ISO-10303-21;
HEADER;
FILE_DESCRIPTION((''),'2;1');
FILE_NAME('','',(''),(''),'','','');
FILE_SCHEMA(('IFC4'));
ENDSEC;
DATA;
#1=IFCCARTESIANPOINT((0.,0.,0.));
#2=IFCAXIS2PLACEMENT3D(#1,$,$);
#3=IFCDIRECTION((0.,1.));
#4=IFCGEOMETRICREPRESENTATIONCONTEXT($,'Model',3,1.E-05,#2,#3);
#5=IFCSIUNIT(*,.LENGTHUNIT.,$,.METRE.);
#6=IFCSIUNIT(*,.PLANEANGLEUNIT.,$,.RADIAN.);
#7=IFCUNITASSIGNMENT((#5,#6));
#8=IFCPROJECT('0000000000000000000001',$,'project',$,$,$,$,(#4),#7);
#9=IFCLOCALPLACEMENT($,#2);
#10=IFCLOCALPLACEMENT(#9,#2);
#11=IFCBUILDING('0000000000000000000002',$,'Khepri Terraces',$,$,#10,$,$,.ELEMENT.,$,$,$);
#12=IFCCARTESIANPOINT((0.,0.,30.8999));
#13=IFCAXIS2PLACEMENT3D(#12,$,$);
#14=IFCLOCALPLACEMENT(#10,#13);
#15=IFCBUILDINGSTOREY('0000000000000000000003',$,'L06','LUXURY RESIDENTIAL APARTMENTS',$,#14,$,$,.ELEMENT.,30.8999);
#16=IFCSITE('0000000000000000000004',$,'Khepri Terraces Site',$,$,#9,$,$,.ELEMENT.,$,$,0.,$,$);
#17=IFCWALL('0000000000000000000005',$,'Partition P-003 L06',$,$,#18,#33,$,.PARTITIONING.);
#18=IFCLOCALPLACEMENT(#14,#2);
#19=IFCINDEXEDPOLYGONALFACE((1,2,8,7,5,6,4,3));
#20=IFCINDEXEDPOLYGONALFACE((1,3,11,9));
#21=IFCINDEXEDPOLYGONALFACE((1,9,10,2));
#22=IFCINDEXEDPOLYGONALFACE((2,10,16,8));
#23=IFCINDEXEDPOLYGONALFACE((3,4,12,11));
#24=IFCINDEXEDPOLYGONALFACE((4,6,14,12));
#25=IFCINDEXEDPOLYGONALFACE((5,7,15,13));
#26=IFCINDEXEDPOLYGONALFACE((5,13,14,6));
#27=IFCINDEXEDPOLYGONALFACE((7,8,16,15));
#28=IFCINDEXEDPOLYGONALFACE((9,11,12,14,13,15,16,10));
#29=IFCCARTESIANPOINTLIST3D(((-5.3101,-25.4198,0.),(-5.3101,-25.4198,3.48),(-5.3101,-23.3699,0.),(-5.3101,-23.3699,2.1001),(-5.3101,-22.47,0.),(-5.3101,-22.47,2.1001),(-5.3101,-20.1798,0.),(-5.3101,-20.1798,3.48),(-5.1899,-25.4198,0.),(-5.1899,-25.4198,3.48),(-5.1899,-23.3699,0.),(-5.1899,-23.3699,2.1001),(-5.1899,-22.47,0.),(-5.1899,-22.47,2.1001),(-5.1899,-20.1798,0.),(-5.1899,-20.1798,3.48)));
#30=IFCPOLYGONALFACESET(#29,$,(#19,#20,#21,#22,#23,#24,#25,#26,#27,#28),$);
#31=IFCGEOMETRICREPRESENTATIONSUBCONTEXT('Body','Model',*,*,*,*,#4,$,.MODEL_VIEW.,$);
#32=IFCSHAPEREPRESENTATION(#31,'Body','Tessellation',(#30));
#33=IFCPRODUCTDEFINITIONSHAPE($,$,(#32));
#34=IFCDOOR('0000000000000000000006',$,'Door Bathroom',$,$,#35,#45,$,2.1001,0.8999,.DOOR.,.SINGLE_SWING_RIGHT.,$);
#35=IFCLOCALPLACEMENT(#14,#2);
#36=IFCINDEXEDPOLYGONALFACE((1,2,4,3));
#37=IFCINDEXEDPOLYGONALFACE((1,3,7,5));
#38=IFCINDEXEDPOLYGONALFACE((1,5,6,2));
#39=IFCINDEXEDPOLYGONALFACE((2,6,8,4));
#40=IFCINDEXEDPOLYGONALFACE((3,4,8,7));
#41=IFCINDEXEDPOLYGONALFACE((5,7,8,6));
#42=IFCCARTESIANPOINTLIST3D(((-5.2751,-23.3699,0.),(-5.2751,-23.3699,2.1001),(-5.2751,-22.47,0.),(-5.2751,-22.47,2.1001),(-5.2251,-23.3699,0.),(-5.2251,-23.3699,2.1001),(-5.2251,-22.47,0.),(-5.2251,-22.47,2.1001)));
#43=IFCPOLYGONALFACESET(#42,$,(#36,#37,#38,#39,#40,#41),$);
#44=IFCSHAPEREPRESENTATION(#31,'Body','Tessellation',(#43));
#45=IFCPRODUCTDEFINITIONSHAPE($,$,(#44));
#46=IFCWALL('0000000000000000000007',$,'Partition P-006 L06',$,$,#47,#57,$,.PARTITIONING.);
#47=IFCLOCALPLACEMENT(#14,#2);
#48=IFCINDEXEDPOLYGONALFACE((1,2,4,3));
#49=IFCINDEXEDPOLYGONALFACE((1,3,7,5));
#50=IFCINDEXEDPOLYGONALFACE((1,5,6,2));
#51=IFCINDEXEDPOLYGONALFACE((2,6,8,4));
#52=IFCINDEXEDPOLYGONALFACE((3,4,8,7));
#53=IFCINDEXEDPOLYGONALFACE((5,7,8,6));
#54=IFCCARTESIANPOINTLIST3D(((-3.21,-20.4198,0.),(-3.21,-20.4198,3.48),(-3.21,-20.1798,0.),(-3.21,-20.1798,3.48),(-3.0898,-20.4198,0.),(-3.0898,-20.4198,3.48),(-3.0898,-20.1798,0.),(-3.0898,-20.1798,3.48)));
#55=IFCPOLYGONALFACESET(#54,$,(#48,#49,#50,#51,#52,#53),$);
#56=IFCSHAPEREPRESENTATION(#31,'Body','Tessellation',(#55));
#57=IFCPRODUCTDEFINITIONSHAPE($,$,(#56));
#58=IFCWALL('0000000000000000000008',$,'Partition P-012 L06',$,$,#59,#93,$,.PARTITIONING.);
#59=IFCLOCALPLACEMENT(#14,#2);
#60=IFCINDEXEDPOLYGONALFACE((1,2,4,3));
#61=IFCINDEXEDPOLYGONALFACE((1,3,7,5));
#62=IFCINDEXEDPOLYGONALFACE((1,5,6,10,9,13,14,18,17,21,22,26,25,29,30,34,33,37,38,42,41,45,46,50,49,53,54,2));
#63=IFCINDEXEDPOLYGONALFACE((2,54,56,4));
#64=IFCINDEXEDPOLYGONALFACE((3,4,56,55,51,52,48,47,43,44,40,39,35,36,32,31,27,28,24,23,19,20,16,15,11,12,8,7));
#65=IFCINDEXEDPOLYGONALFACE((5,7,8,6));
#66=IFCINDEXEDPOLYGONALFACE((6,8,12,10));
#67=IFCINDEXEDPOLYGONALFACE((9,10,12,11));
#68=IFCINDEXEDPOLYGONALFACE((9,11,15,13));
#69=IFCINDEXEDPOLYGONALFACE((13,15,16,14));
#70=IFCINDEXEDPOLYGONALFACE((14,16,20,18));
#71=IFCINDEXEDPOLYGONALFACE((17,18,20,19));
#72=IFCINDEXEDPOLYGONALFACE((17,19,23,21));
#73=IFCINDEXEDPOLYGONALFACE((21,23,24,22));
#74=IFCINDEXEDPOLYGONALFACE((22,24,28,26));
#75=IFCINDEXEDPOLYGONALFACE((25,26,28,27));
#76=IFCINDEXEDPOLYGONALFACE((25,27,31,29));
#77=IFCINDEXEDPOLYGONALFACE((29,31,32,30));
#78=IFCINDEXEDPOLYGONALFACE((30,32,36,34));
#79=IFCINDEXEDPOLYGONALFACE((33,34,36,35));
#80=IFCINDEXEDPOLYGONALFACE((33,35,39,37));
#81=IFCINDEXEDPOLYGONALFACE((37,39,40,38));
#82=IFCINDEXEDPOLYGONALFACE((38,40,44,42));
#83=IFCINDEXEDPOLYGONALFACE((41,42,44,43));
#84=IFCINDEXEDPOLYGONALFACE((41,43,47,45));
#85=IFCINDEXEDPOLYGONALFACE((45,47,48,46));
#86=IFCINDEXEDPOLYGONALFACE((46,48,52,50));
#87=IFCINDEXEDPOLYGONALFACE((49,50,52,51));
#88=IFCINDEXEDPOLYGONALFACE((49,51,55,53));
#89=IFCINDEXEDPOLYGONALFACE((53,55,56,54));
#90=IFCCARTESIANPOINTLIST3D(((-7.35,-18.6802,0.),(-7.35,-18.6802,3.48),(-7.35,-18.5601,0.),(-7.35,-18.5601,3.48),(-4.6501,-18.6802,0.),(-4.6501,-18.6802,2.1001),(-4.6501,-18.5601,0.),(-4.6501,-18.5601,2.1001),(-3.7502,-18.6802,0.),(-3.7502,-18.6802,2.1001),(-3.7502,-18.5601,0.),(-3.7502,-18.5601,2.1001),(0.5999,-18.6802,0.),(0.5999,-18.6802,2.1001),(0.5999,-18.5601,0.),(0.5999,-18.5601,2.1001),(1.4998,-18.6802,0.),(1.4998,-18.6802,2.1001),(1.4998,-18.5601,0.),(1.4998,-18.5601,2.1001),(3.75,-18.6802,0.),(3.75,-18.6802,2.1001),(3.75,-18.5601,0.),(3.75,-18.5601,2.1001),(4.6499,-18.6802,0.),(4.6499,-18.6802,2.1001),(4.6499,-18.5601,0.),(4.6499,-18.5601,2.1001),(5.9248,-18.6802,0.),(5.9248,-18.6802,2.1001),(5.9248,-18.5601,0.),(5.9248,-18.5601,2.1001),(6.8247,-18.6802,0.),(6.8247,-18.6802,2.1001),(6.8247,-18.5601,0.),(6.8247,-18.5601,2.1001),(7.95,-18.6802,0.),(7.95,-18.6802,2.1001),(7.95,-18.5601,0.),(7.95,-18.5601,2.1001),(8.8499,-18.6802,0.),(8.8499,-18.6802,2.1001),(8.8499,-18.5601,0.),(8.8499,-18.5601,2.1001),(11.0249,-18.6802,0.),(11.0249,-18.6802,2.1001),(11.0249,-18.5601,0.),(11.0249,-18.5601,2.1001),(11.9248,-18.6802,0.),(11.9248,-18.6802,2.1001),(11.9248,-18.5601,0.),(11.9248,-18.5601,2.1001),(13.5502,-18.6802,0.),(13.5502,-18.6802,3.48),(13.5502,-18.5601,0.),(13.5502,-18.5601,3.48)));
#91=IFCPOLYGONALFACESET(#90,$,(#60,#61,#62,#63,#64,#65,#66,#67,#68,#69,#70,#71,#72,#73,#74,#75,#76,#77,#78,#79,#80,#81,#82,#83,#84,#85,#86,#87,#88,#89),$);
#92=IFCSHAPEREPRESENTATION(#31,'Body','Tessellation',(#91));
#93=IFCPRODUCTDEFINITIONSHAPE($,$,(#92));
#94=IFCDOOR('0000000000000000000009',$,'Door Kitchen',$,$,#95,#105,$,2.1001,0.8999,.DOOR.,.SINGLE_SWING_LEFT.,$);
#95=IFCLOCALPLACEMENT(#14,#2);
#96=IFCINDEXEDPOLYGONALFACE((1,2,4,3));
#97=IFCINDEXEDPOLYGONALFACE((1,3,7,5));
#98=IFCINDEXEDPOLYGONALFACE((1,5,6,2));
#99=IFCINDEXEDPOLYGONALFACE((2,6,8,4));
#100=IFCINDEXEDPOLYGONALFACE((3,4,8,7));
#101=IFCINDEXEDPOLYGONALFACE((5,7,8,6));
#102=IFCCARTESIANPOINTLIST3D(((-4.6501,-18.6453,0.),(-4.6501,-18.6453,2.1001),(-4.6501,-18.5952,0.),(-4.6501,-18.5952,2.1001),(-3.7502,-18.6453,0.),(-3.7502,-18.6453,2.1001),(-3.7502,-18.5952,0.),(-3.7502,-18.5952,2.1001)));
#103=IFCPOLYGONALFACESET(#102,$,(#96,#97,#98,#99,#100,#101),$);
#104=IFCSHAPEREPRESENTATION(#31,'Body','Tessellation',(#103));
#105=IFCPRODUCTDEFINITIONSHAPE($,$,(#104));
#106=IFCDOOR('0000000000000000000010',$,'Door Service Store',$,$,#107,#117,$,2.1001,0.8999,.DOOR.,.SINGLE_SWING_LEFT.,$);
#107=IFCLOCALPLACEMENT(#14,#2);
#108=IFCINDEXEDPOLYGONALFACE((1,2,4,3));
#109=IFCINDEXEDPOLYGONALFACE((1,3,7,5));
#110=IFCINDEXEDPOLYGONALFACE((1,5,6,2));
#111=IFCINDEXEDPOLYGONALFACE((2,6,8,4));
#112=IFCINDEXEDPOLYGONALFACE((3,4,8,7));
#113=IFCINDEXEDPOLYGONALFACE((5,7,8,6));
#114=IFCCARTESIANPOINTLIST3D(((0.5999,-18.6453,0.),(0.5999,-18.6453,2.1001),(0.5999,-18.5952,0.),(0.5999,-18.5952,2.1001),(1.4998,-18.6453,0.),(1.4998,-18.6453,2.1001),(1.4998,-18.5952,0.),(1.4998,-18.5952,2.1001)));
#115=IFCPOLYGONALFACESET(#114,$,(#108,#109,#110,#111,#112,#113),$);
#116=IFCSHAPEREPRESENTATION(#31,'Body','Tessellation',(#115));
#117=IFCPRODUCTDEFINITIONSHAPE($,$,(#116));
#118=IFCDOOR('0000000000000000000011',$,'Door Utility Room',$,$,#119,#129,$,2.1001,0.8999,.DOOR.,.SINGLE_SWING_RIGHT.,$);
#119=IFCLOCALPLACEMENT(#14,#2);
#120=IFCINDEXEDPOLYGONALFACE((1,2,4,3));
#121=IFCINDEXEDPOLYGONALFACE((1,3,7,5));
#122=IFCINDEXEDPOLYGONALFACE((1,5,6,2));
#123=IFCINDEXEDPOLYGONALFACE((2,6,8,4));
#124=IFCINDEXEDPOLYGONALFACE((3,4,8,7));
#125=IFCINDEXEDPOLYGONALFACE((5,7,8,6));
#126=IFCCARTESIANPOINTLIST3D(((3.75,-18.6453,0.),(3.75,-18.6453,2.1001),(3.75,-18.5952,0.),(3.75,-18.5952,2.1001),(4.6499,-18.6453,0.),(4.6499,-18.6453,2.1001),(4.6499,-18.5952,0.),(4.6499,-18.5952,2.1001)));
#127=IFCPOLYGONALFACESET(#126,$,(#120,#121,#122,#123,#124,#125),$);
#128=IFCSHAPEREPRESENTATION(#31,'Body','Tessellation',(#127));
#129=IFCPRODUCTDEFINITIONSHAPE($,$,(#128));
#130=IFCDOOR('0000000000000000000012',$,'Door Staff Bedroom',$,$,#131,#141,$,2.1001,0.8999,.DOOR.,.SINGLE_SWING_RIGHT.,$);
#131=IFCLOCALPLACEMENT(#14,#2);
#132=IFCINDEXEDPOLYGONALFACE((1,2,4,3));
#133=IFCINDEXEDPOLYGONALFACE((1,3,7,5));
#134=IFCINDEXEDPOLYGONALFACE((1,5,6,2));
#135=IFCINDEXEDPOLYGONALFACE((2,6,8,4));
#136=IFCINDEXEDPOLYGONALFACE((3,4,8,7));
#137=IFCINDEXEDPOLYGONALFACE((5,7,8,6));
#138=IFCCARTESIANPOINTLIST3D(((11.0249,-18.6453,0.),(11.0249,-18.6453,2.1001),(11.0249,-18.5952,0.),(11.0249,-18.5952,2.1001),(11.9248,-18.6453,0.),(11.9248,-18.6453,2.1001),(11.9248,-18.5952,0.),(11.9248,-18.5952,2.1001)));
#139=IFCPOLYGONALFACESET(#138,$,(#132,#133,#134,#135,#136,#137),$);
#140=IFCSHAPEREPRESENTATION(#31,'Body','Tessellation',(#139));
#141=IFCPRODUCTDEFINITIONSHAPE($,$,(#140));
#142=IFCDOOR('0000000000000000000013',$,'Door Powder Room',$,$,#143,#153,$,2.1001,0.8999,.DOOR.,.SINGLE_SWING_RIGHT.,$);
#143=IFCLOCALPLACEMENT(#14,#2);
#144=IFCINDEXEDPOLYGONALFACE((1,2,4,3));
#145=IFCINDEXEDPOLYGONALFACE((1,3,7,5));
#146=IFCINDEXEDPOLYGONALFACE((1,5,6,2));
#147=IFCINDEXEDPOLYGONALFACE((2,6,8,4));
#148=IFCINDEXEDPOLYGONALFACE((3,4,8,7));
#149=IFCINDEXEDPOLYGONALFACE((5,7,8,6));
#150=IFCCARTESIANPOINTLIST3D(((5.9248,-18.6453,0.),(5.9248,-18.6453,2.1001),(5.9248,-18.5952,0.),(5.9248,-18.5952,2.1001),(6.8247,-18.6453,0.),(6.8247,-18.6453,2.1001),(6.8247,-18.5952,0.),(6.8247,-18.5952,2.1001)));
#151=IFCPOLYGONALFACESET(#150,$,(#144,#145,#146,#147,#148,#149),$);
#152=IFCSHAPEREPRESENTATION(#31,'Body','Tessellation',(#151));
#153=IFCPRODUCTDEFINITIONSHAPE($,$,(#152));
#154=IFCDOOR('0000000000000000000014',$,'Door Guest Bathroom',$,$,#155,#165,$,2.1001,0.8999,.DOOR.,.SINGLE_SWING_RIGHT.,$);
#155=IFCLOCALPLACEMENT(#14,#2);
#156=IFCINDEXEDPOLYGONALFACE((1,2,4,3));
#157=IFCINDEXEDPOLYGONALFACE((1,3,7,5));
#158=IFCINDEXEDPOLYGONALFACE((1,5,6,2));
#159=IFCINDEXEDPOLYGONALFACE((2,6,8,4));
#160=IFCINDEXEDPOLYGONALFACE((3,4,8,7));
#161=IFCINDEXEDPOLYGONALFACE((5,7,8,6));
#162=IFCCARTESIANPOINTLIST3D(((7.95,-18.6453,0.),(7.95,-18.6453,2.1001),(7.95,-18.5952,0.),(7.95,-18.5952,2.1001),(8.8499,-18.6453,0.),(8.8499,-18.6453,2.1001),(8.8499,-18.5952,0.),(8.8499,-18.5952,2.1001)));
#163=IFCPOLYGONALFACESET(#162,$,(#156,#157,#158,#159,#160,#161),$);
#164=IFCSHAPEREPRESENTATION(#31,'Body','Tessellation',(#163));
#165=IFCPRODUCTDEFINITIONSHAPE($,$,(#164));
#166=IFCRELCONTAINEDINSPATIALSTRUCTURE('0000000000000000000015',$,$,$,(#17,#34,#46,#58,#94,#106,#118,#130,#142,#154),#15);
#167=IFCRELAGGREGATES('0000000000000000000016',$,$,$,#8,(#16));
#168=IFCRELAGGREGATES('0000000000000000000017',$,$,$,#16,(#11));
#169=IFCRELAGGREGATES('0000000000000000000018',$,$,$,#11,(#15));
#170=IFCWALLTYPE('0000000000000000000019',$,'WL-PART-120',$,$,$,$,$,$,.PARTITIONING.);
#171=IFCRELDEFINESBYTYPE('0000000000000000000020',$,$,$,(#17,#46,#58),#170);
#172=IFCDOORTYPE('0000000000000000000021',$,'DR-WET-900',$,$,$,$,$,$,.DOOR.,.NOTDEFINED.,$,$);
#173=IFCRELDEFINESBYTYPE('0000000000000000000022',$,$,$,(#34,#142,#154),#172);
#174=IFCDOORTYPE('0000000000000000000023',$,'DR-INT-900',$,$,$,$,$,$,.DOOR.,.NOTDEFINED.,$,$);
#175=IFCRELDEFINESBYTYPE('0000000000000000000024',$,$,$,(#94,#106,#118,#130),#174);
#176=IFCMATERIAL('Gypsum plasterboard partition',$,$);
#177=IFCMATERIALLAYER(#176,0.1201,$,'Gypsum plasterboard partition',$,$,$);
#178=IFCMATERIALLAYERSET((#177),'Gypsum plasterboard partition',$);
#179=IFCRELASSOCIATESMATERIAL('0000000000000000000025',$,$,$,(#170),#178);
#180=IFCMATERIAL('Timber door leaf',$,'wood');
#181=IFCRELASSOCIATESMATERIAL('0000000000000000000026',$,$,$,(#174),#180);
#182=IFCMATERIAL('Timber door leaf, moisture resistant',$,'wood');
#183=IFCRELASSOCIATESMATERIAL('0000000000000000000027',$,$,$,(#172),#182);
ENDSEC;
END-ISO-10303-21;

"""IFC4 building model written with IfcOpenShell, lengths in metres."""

from ifc_helpers import new_model, si_unit, direction, frame, frame_2d, origin, place, context, subcontext, project, spatial, rectangle, extrude, material, layer, layer_set, type_object, element, fill, save


model = new_model("IFC4")

# Units and contexts
model_context = context("Model", 3, precision=1e-05, world=origin(), true_north=direction((0.0, 1.0)))
body_context = subcontext(model_context, "Body", "Model", "MODEL_VIEW")
ifc_project = project(units=[si_unit("LENGTHUNIT", "METRE"), si_unit("PLANEANGLEUNIT", "RADIAN")], contexts=[model_context])

# Site, building, storey
site_placement = place(None, origin())
site = spatial("IfcSite", under=ifc_project, at=site_placement, Name="Khepri Terraces Site", CompositionType="ELEMENT", RefElevation=0.0)
building_placement = place(site_placement, origin())
building = spatial("IfcBuilding", under=site, at=building_placement, Name="Khepri Terraces", CompositionType="ELEMENT")
storey_placement = place(building_placement, frame((0.0, 0.0, 30.8999)))
storey = spatial("IfcBuildingStorey", under=building, at=storey_placement, Name="L06", Description="LUXURY RESIDENTIAL APARTMENTS", CompositionType="ELEMENT", Elevation=30.8999)

# Wall, opening, door
ifc_material_1 = material(Name="Gypsum plasterboard partition")
ifc_layer_1 = layer(ifc_material_1, 0.1201, Name="Gypsum plasterboard partition")
ifc_layer_set_1 = layer_set([ifc_layer_1], Name="Gypsum plasterboard partition")
wall_type_1 = type_object("IfcWallType", Name="WL-PART-120", PredefinedType="PARTITIONING", material=ifc_layer_set_1)
ifc_material_2 = material(Name="Timber door leaf", Category="wood")
door_type_1 = type_object("IfcDoorType", Name="DR-INT-900", OperationType="NOTDEFINED", PredefinedType="DOOR", material=ifc_material_2)
wall_1_placement = place(storey_placement, frame((-5.25, -25.4199, 0.0), z_axis=(0.0, 0.0, 1.0), x_axis=(0.0, 1.0, 0.0)))
wall_1 = element("IfcWall", 1, at=wall_1_placement, inside=storey, type_object=wall_type_1, Name="Partition P-003 L06", PredefinedType="PARTITIONING", context=body_context, shape_type="SweptSolid", body=[
    extrude(rectangle(XDim=5.24, YDim=0.1201, at=frame_2d((2.6201, 0.0))), origin(), (0.0, 0.0, 1.0), 3.48),
])
opening_1_placement = place(wall_1_placement, frame((2.05, 0.0, 0.0)))
opening_1 = element("IfcOpeningElement", 2, at=opening_1_placement, cuts=wall_1, PredefinedType="OPENING", context=body_context, shape_type="SweptSolid", body=[
    extrude(rectangle(XDim=0.8999, YDim=2.1001, at=frame_2d((0.45, 1.05))), frame((0.0, 0.0701, 0.0), z_axis=(0.0, -1.0, 0.0), x_axis=(1.0, 0.0, 0.0)), (0.0, 0.0, 1.0), 0.1401),
])
ifc_material_3 = material(Name="Timber door leaf, moisture resistant", Category="wood")
door_type_2 = type_object("IfcDoorType", Name="DR-WET-900", OperationType="NOTDEFINED", PredefinedType="DOOR", material=ifc_material_3)
door_1_placement = place(opening_1_placement, frame((0.8999, 0.0, 0.0), z_axis=(0.0, 0.0, 1.0), x_axis=(-1.0, 0.0, 0.0)))
door_1 = element("IfcDoor", 3, at=door_1_placement, inside=storey, type_object=door_type_2, Name="Door Bathroom", OperationType="SINGLE_SWING_RIGHT", OverallHeight=2.1001, OverallWidth=0.8999, PredefinedType="DOOR", context=body_context, shape_type="SweptSolid", body=[
    extrude(rectangle(XDim=0.8999, YDim=2.1001, at=frame_2d((0.45, 1.05))), frame((0.0, 0.0249, 0.0), z_axis=(0.0, -1.0, 0.0), x_axis=(1.0, 0.0, 0.0)), (0.0, 0.0, 1.0), 0.05),
])
fill(opening_1, door_1)

# Wall
wall_2_placement = place(storey_placement, frame((-3.1499, -20.4199, 0.0), z_axis=(0.0, 0.0, 1.0), x_axis=(0.0, 1.0, 0.0)))
element("IfcWall", 4, at=wall_2_placement, inside=storey, type_object=wall_type_1, Name="Partition P-006 L06", PredefinedType="PARTITIONING", context=body_context, shape_type="SweptSolid", body=[
    extrude(rectangle(XDim=0.24, YDim=0.1201, at=frame_2d((0.1201, 0.0))), origin(), (0.0, 0.0, 1.0), 3.48),
])

# Wall, openings, doors
wall_3_placement = place(storey_placement, frame((-7.3501, -18.6201, 0.0), z_axis=(0.0, 0.0, 1.0), x_axis=(1.0, 0.0, 0.0)))
wall_3 = element("IfcWall", 5, at=wall_3_placement, inside=storey, type_object=wall_type_1, Name="Partition P-012 L06", PredefinedType="PARTITIONING", context=body_context, shape_type="SweptSolid", body=[
    extrude(rectangle(XDim=20.9001, YDim=0.1201, at=frame_2d((10.4502, 0.0))), origin(), (0.0, 0.0, 1.0), 3.48),
])
opening_2_placement = place(wall_3_placement, frame((2.7, 0.0, 0.0)))
opening_2 = element("IfcOpeningElement", 6, at=opening_2_placement, cuts=wall_3, PredefinedType="OPENING", context=body_context, shape_type="SweptSolid", body=[
    extrude(rectangle(XDim=0.8999, YDim=2.1001, at=frame_2d((0.45, 1.05))), frame((0.0, 0.0701, 0.0), z_axis=(0.0, -1.0, 0.0), x_axis=(1.0, 0.0, 0.0)), (0.0, 0.0, 1.0), 0.1401),
])
opening_3_placement = place(wall_3_placement, frame((7.95, 0.0, 0.0)))
opening_3 = element("IfcOpeningElement", 7, at=opening_3_placement, cuts=wall_3, PredefinedType="OPENING", context=body_context, shape_type="SweptSolid", body=[
    extrude(rectangle(XDim=0.8999, YDim=2.1001, at=frame_2d((0.45, 1.05))), frame((0.0, 0.0701, 0.0), z_axis=(0.0, -1.0, 0.0), x_axis=(1.0, 0.0, 0.0)), (0.0, 0.0, 1.0), 0.1401),
])
opening_4_placement = place(wall_3_placement, frame((11.1001, 0.0, 0.0)))
opening_4 = element("IfcOpeningElement", 8, at=opening_4_placement, cuts=wall_3, PredefinedType="OPENING", context=body_context, shape_type="SweptSolid", body=[
    extrude(rectangle(XDim=0.8999, YDim=2.1001, at=frame_2d((0.45, 1.05))), frame((0.0, 0.0701, 0.0), z_axis=(0.0, -1.0, 0.0), x_axis=(1.0, 0.0, 0.0)), (0.0, 0.0, 1.0), 0.1401),
])
opening_5_placement = place(wall_3_placement, frame((13.2749, 0.0, 0.0)))
opening_5 = element("IfcOpeningElement", 9, at=opening_5_placement, cuts=wall_3, PredefinedType="OPENING", context=body_context, shape_type="SweptSolid", body=[
    extrude(rectangle(XDim=0.8999, YDim=2.1001, at=frame_2d((0.45, 1.05))), frame((0.0, 0.0701, 0.0), z_axis=(0.0, -1.0, 0.0), x_axis=(1.0, 0.0, 0.0)), (0.0, 0.0, 1.0), 0.1401),
])
opening_6_placement = place(wall_3_placement, frame((15.3, 0.0, 0.0)))
opening_6 = element("IfcOpeningElement", 10, at=opening_6_placement, cuts=wall_3, PredefinedType="OPENING", context=body_context, shape_type="SweptSolid", body=[
    extrude(rectangle(XDim=0.8999, YDim=2.1001, at=frame_2d((0.45, 1.05))), frame((0.0, 0.0701, 0.0), z_axis=(0.0, -1.0, 0.0), x_axis=(1.0, 0.0, 0.0)), (0.0, 0.0, 1.0), 0.1401),
])
opening_7_placement = place(wall_3_placement, frame((18.375, 0.0, 0.0)))
opening_7 = element("IfcOpeningElement", 11, at=opening_7_placement, cuts=wall_3, PredefinedType="OPENING", context=body_context, shape_type="SweptSolid", body=[
    extrude(rectangle(XDim=0.8999, YDim=2.1001, at=frame_2d((0.45, 1.05))), frame((0.0, 0.0701, 0.0), z_axis=(0.0, -1.0, 0.0), x_axis=(1.0, 0.0, 0.0)), (0.0, 0.0, 1.0), 0.1401),
])
door_2_placement = place(opening_2_placement, origin())
door_2 = element("IfcDoor", 12, at=door_2_placement, inside=storey, type_object=door_type_1, Name="Door Kitchen", OperationType="SINGLE_SWING_LEFT", OverallHeight=2.1001, OverallWidth=0.8999, PredefinedType="DOOR", context=body_context, shape_type="SweptSolid", body=[
    extrude(rectangle(XDim=0.8999, YDim=2.1001, at=frame_2d((0.45, 1.05))), frame((0.0, 0.0249, 0.0), z_axis=(0.0, -1.0, 0.0), x_axis=(1.0, 0.0, 0.0)), (0.0, 0.0, 1.0), 0.05),
])
fill(opening_2, door_2)
door_3_placement = place(opening_3_placement, origin())
door_3 = element("IfcDoor", 13, at=door_3_placement, inside=storey, type_object=door_type_1, Name="Door Service Store", OperationType="SINGLE_SWING_LEFT", OverallHeight=2.1001, OverallWidth=0.8999, PredefinedType="DOOR", context=body_context, shape_type="SweptSolid", body=[
    extrude(rectangle(XDim=0.8999, YDim=2.1001, at=frame_2d((0.45, 1.05))), frame((0.0, 0.0249, 0.0), z_axis=(0.0, -1.0, 0.0), x_axis=(1.0, 0.0, 0.0)), (0.0, 0.0, 1.0), 0.05),
])
fill(opening_3, door_3)
door_4_placement = place(opening_4_placement, origin())
door_4 = element("IfcDoor", 14, at=door_4_placement, inside=storey, type_object=door_type_1, Name="Door Utility Room", OperationType="SINGLE_SWING_RIGHT", OverallHeight=2.1001, OverallWidth=0.8999, PredefinedType="DOOR", context=body_context, shape_type="SweptSolid", body=[
    extrude(rectangle(XDim=0.8999, YDim=2.1001, at=frame_2d((0.45, 1.05))), frame((0.0, 0.0249, 0.0), z_axis=(0.0, -1.0, 0.0), x_axis=(1.0, 0.0, 0.0)), (0.0, 0.0, 1.0), 0.05),
])
fill(opening_4, door_4)
door_5_placement = place(opening_7_placement, origin())
door_5 = element("IfcDoor", 15, at=door_5_placement, inside=storey, type_object=door_type_1, Name="Door Staff Bedroom", OperationType="SINGLE_SWING_RIGHT", OverallHeight=2.1001, OverallWidth=0.8999, PredefinedType="DOOR", context=body_context, shape_type="SweptSolid", body=[
    extrude(rectangle(XDim=0.8999, YDim=2.1001, at=frame_2d((0.45, 1.05))), frame((0.0, 0.0249, 0.0), z_axis=(0.0, -1.0, 0.0), x_axis=(1.0, 0.0, 0.0)), (0.0, 0.0, 1.0), 0.05),
])
fill(opening_7, door_5)
door_6_placement = place(opening_5_placement, origin())
door_6 = element("IfcDoor", 16, at=door_6_placement, inside=storey, type_object=door_type_2, Name="Door Powder Room", OperationType="SINGLE_SWING_RIGHT", OverallHeight=2.1001, OverallWidth=0.8999, PredefinedType="DOOR", context=body_context, shape_type="SweptSolid", body=[
    extrude(rectangle(XDim=0.8999, YDim=2.1001, at=frame_2d((0.45, 1.05))), frame((0.0, 0.0249, 0.0), z_axis=(0.0, -1.0, 0.0), x_axis=(1.0, 0.0, 0.0)), (0.0, 0.0, 1.0), 0.05),
])
fill(opening_5, door_6)
door_7_placement = place(opening_6_placement, origin())
door_7 = element("IfcDoor", 17, at=door_7_placement, inside=storey, type_object=door_type_2, Name="Door Guest Bathroom", OperationType="SINGLE_SWING_RIGHT", OverallHeight=2.1001, OverallWidth=0.8999, PredefinedType="DOOR", context=body_context, shape_type="SweptSolid", body=[
    extrude(rectangle(XDim=0.8999, YDim=2.1001, at=frame_2d((0.45, 1.05))), frame((0.0, 0.0249, 0.0), z_axis=(0.0, -1.0, 0.0), x_axis=(1.0, 0.0, 0.0)), (0.0, 0.0, 1.0), 0.05),
])
fill(opening_6, door_7)

save(model, "model.ifc")
